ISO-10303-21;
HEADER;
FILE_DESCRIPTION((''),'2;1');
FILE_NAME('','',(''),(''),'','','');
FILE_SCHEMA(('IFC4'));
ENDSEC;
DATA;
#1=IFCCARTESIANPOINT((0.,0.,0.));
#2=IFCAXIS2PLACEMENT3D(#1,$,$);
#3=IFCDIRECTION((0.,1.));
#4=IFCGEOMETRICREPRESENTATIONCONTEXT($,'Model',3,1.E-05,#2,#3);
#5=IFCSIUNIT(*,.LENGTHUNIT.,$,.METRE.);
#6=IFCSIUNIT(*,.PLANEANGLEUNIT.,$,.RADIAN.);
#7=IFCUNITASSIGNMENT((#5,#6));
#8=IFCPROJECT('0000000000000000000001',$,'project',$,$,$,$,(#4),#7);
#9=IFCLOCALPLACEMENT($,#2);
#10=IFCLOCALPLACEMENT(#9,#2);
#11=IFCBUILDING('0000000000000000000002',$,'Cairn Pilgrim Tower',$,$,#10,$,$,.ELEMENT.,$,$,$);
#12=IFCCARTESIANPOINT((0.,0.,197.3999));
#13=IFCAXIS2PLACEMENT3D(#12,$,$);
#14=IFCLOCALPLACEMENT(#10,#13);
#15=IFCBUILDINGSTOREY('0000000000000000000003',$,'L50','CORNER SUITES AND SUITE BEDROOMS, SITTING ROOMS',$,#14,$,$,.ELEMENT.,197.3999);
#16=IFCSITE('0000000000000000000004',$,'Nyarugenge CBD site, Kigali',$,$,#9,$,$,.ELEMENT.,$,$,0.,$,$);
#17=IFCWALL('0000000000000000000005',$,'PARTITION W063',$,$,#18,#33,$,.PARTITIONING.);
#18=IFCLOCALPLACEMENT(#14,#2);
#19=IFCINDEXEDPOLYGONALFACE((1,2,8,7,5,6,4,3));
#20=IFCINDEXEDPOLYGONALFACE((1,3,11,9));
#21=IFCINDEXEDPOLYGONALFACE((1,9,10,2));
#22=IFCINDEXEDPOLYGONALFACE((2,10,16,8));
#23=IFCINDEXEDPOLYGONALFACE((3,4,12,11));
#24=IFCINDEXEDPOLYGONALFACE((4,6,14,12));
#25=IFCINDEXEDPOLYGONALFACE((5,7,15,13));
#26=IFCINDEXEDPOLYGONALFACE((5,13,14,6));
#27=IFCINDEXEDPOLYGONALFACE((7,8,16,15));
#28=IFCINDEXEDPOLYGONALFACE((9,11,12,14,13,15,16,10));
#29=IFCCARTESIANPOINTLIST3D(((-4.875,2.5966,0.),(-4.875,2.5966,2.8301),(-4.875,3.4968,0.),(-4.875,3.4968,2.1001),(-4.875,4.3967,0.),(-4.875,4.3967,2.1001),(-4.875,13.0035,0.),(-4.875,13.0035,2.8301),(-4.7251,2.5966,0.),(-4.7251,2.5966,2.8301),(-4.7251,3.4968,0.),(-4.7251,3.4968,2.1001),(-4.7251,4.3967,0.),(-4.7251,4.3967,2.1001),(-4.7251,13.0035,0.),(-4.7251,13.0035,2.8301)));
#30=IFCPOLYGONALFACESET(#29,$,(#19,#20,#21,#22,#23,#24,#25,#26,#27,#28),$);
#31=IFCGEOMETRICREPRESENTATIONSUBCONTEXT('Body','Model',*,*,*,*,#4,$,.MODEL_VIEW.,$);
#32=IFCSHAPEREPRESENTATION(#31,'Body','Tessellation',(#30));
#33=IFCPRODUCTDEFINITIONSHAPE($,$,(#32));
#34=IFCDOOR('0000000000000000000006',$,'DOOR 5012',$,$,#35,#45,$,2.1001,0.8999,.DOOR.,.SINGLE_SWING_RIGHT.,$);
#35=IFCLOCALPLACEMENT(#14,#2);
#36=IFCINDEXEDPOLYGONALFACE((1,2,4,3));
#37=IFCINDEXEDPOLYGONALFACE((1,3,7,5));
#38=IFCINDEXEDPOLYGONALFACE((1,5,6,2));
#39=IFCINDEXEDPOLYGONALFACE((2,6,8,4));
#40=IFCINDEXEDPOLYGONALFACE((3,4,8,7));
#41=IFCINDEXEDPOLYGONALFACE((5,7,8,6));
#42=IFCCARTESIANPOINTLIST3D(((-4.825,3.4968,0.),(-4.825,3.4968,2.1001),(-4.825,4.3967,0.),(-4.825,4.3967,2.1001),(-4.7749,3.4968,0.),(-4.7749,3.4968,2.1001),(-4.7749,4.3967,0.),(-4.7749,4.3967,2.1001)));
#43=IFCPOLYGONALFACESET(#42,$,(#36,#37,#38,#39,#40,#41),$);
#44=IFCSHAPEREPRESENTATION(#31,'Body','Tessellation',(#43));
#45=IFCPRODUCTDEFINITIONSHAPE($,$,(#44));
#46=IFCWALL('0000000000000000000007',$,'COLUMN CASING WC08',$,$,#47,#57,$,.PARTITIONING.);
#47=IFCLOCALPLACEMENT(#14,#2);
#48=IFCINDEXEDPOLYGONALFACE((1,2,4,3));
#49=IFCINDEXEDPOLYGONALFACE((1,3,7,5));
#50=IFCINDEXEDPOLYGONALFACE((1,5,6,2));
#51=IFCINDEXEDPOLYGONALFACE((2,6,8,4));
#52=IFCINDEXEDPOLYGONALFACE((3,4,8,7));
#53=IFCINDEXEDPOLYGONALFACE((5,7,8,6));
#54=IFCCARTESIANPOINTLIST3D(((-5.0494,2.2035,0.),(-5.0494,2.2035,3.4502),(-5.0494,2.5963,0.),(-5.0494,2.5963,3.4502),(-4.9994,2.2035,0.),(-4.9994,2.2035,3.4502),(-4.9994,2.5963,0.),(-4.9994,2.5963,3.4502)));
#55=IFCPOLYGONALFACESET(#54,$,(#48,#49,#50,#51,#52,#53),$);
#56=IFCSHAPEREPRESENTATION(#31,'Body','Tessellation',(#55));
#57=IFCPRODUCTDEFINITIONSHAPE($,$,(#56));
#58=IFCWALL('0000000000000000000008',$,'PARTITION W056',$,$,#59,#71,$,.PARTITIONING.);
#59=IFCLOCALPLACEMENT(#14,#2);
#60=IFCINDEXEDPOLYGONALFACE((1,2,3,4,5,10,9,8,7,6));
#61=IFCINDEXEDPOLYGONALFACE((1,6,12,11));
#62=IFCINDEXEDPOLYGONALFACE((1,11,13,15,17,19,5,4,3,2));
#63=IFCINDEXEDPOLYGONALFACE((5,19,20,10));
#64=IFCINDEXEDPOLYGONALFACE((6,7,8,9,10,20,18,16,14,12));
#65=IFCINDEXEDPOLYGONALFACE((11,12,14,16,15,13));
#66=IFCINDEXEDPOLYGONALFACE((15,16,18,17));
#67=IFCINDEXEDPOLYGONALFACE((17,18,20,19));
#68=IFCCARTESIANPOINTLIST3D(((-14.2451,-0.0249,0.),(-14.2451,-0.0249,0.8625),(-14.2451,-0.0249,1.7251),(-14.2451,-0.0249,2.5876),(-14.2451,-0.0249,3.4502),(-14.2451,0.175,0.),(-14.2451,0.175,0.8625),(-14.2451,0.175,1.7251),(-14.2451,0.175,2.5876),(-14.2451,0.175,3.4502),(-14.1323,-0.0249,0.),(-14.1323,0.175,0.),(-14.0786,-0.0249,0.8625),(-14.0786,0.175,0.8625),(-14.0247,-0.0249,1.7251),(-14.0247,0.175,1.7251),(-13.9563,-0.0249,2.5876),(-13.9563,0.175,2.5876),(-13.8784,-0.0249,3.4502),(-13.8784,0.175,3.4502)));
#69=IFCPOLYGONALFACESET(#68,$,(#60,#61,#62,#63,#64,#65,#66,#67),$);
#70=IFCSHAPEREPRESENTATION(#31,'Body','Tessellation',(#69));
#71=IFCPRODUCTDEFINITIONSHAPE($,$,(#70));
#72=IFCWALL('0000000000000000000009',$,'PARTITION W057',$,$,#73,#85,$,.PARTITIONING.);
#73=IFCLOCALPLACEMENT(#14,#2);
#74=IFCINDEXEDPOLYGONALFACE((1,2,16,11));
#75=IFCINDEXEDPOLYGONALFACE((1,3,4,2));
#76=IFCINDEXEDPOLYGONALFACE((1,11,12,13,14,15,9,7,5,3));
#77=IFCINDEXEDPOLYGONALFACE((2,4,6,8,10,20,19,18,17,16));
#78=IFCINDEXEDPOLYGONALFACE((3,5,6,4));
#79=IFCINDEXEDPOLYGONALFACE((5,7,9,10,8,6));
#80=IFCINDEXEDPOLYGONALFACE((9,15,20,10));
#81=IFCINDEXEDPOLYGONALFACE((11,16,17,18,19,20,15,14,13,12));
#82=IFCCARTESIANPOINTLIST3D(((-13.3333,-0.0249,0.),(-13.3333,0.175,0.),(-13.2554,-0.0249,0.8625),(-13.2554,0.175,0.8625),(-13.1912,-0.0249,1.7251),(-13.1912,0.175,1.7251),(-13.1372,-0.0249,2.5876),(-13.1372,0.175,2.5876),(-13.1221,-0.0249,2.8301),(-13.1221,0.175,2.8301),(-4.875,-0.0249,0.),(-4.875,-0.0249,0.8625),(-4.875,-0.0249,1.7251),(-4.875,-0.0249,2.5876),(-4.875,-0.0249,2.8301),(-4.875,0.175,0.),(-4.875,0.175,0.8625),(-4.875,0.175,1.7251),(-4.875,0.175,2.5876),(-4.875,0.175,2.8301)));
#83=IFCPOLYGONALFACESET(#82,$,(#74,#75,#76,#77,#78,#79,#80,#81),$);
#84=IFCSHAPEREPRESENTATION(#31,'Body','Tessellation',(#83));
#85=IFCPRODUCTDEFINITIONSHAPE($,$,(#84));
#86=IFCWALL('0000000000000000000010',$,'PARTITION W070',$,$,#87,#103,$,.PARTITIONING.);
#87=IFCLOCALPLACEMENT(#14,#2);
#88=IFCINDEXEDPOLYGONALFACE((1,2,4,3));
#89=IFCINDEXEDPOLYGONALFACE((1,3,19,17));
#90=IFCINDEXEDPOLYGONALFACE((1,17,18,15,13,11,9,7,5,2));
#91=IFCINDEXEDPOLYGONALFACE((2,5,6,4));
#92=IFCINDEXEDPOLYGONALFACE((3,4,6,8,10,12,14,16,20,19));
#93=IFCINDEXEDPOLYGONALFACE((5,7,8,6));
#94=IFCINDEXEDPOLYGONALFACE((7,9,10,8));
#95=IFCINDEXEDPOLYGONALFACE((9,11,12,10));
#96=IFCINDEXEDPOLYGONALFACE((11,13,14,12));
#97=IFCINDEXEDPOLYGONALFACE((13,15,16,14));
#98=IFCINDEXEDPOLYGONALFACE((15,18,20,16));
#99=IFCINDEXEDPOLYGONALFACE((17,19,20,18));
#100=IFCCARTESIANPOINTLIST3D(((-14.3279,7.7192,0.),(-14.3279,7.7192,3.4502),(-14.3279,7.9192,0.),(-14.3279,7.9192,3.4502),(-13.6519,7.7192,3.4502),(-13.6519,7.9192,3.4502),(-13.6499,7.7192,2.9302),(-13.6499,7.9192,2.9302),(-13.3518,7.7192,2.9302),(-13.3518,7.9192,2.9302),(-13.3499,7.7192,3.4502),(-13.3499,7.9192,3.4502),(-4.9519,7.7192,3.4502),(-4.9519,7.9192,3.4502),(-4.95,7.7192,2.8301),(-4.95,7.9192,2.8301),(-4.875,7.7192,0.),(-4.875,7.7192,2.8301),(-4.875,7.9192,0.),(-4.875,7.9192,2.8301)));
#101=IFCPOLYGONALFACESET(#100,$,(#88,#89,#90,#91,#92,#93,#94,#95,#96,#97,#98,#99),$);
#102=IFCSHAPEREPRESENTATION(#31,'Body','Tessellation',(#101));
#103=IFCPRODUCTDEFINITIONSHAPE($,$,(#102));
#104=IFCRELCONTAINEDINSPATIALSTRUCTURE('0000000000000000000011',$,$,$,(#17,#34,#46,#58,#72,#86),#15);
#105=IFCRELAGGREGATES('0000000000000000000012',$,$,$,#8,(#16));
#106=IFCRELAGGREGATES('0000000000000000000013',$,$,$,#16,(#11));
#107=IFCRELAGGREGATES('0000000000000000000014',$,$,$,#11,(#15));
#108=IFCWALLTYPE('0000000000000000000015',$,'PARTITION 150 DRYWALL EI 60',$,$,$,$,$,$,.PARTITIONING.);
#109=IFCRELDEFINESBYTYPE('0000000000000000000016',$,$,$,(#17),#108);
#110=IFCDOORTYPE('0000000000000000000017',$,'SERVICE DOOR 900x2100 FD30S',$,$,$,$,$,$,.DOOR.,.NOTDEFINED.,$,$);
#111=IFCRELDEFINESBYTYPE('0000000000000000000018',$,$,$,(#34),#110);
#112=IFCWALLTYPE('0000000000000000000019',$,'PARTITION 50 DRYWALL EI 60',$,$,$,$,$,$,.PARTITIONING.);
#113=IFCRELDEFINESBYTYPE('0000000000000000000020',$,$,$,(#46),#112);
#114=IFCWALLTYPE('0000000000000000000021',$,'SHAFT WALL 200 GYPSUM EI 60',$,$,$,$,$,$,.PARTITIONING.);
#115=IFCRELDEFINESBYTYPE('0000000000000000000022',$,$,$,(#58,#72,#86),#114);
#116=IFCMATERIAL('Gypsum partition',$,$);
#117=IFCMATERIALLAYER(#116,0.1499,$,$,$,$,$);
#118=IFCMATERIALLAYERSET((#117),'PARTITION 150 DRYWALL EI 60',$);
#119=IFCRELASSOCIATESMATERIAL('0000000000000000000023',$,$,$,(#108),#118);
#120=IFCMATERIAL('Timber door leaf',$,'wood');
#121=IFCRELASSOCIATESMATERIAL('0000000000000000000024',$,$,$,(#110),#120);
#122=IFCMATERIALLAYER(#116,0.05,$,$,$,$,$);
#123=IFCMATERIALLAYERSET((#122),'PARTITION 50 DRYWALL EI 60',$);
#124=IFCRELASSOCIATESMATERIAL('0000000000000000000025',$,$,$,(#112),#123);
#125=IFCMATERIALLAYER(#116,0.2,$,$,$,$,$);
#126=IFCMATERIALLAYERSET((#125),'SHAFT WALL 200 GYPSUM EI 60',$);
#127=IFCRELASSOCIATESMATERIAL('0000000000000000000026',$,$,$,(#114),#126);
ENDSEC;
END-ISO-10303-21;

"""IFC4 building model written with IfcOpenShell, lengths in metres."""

from ifc_helpers import new_model, si_unit, direction, frame, frame_2d, origin, place, context, subcontext, project, spatial, polyline, rectangle, outline, extrude, material, layer, layer_set, type_object, element, fill, save


model = new_model("IFC4")

# Units and contexts
model_context = context("Model", 3, precision=1e-05, world=origin(), true_north=direction((0.0, 1.0)))
body_context = subcontext(model_context, "Body", "Model", "MODEL_VIEW")
ifc_project = project(units=[si_unit("LENGTHUNIT", "METRE"), si_unit("PLANEANGLEUNIT", "RADIAN")], contexts=[model_context])

# Site, building, storey
site_placement = place(None, origin())
site = spatial("IfcSite", under=ifc_project, at=site_placement, Name="Nyarugenge CBD site, Kigali", CompositionType="ELEMENT", RefElevation=0.0)
building_placement = place(site_placement, origin())
building = spatial("IfcBuilding", under=site, at=building_placement, Name="Cairn Pilgrim Tower", CompositionType="ELEMENT")
storey_placement = place(building_placement, frame((0.0, 0.0, 197.3999)))
storey = spatial("IfcBuildingStorey", under=building, at=storey_placement, Name="L50", Description="CORNER SUITES AND SUITE BEDROOMS, SITTING ROOMS", CompositionType="ELEMENT", Elevation=197.3999)

# Wall, opening, door
ifc_material_1 = material(Name="Gypsum partition")
ifc_layer_1 = layer(ifc_material_1, 0.1499)
ifc_layer_set_1 = layer_set([ifc_layer_1], Name="PARTITION 150 DRYWALL EI 60")
wall_type_1 = type_object("IfcWallType", Name="PARTITION 150 DRYWALL EI 60", PredefinedType="PARTITIONING", material=ifc_layer_set_1)
wall_1_placement = place(storey_placement, frame((-4.8, 2.5964, 0.0), z_axis=(0.0, 0.0, 1.0), x_axis=(0.0, 1.0, 0.0)))
wall_1 = element("IfcWall", 1, at=wall_1_placement, inside=storey, type_object=wall_type_1, Name="PARTITION W063", PredefinedType="PARTITIONING", context=body_context, shape_type="SweptSolid", body=[
    extrude(rectangle(XDim=10.407, YDim=0.1499, at=frame_2d((5.2036, 0.0))), origin(), (0.0, 0.0, 1.0), 2.8301),
])
opening_1_placement = place(wall_1_placement, frame((0.9004, 0.0, 0.0)))
opening_1 = element("IfcOpeningElement", 2, at=opening_1_placement, cuts=wall_1, PredefinedType="OPENING", context=body_context, shape_type="SweptSolid", body=[
    extrude(rectangle(XDim=0.8999, YDim=2.1001, at=frame_2d((0.45, 1.05))), frame((0.0, 0.085, 0.0), z_axis=(0.0, -1.0, 0.0), x_axis=(1.0, 0.0, 0.0)), (0.0, 0.0, 1.0), 0.1699),
])
ifc_material_2 = material(Name="Timber door leaf", Category="wood")
door_type_1 = type_object("IfcDoorType", Name="SERVICE DOOR 900x2100 FD30S", OperationType="NOTDEFINED", PredefinedType="DOOR", material=ifc_material_2)
door_1_placement = place(opening_1_placement, origin())
door_1 = element("IfcDoor", 3, at=door_1_placement, inside=storey, type_object=door_type_1, Name="DOOR 5012", OperationType="SINGLE_SWING_RIGHT", OverallHeight=2.1001, OverallWidth=0.8999, PredefinedType="DOOR", context=body_context, shape_type="SweptSolid", body=[
    extrude(rectangle(XDim=0.8999, YDim=2.1001, at=frame_2d((0.45, 1.05))), frame((0.0, 0.0249, 0.0), z_axis=(0.0, -1.0, 0.0), x_axis=(1.0, 0.0, 0.0)), (0.0, 0.0, 1.0), 0.05),
])
fill(opening_1, door_1)

# Walls
ifc_layer_2 = layer(ifc_material_1, 0.05)
ifc_layer_set_2 = layer_set([ifc_layer_2], Name="PARTITION 50 DRYWALL EI 60")
wall_type_2 = type_object("IfcWallType", Name="PARTITION 50 DRYWALL EI 60", PredefinedType="PARTITIONING", material=ifc_layer_set_2)
wall_2_placement = place(storey_placement, frame((-5.0244, 2.2036, 0.0), z_axis=(0.0, 0.0, 1.0), x_axis=(0.0, 1.0, 0.0)))
element("IfcWall", 4, at=wall_2_placement, inside=storey, type_object=wall_type_2, Name="COLUMN CASING WC08", PredefinedType="PARTITIONING", context=body_context, shape_type="SweptSolid", body=[
    extrude(rectangle(XDim=0.3928, YDim=0.05, at=frame_2d((0.1963, 0.0))), origin(), (0.0, 0.0, 1.0), 3.4502),
])
ifc_layer_3 = layer(ifc_material_1, 0.2)
ifc_layer_set_3 = layer_set([ifc_layer_3], Name="SHAFT WALL 200 GYPSUM EI 60")
wall_type_3 = type_object("IfcWallType", Name="SHAFT WALL 200 GYPSUM EI 60", PredefinedType="PARTITIONING", material=ifc_layer_set_3)
wall_3_placement = place(storey_placement, frame((-14.2451, 0.075, 0.0), z_axis=(0.0, 0.0, 1.0), x_axis=(1.0, 0.0, 0.0)))
element("IfcWall", 5, at=wall_3_placement, inside=storey, type_object=wall_type_3, Name="PARTITION W056", PredefinedType="PARTITIONING", context=body_context, shape_type="SweptSolid", body=[
    extrude(outline(polyline([(0.0, 0.0), (0.1128, 0.0), (0.1665, 0.8625), (0.2205, 1.7251), (0.2888, 2.5876), (0.3667, 3.4502), (0.0, 3.4502), (0.0, 2.5876), (0.0, 1.7251), (0.0, 0.8625), (0.0, 0.0)])), frame((0.0, 0.1001, 0.0), z_axis=(0.0, -1.0, 0.0), x_axis=(1.0, 0.0, 0.0)), (0.0, 0.0, 1.0), 0.2),
])
wall_4_placement = place(storey_placement, frame((-13.3333, 0.075, 0.0), z_axis=(0.0, 0.0, 1.0), x_axis=(1.0, 0.0, 0.0)))
element("IfcWall", 6, at=wall_4_placement, inside=storey, type_object=wall_type_3, Name="PARTITION W057", PredefinedType="PARTITIONING", context=body_context, shape_type="SweptSolid", body=[
    extrude(outline(polyline([(0.0, 0.0), (8.4583, 0.0), (8.4583, 0.8625), (8.4583, 1.7251), (8.4583, 2.5876), (8.4583, 2.8301), (0.2112, 2.8301), (0.196, 2.5876), (0.1421, 1.7251), (0.0779, 0.8625), (0.0, 0.0)])), frame((0.0, 0.1001, 0.0), z_axis=(0.0, -1.0, 0.0), x_axis=(1.0, 0.0, 0.0)), (0.0, 0.0, 1.0), 0.2),
])
wall_5_placement = place(storey_placement, frame((-14.3279, 7.8191, 0.0), z_axis=(0.0, 0.0, 1.0), x_axis=(1.0, 0.0, 0.0)))
element("IfcWall", 7, at=wall_5_placement, inside=storey, type_object=wall_type_3, Name="PARTITION W070", PredefinedType="PARTITIONING", context=body_context, shape_type="SweptSolid", body=[
    extrude(outline(polyline([(0.0, 0.0), (9.4529, 0.0), (9.4529, 2.8301), (9.3779, 2.8301), (9.376, 3.4502), (0.978, 3.4502), (0.9761, 2.9302), (0.678, 2.9302), (0.676, 3.4502), (0.0, 3.4502), (0.0, 0.0)])), frame((0.0, 0.1001, 0.0), z_axis=(0.0, -1.0, 0.0), x_axis=(1.0, 0.0, 0.0)), (0.0, 0.0, 1.0), 0.2),
])

save(model, "model.ifc")
